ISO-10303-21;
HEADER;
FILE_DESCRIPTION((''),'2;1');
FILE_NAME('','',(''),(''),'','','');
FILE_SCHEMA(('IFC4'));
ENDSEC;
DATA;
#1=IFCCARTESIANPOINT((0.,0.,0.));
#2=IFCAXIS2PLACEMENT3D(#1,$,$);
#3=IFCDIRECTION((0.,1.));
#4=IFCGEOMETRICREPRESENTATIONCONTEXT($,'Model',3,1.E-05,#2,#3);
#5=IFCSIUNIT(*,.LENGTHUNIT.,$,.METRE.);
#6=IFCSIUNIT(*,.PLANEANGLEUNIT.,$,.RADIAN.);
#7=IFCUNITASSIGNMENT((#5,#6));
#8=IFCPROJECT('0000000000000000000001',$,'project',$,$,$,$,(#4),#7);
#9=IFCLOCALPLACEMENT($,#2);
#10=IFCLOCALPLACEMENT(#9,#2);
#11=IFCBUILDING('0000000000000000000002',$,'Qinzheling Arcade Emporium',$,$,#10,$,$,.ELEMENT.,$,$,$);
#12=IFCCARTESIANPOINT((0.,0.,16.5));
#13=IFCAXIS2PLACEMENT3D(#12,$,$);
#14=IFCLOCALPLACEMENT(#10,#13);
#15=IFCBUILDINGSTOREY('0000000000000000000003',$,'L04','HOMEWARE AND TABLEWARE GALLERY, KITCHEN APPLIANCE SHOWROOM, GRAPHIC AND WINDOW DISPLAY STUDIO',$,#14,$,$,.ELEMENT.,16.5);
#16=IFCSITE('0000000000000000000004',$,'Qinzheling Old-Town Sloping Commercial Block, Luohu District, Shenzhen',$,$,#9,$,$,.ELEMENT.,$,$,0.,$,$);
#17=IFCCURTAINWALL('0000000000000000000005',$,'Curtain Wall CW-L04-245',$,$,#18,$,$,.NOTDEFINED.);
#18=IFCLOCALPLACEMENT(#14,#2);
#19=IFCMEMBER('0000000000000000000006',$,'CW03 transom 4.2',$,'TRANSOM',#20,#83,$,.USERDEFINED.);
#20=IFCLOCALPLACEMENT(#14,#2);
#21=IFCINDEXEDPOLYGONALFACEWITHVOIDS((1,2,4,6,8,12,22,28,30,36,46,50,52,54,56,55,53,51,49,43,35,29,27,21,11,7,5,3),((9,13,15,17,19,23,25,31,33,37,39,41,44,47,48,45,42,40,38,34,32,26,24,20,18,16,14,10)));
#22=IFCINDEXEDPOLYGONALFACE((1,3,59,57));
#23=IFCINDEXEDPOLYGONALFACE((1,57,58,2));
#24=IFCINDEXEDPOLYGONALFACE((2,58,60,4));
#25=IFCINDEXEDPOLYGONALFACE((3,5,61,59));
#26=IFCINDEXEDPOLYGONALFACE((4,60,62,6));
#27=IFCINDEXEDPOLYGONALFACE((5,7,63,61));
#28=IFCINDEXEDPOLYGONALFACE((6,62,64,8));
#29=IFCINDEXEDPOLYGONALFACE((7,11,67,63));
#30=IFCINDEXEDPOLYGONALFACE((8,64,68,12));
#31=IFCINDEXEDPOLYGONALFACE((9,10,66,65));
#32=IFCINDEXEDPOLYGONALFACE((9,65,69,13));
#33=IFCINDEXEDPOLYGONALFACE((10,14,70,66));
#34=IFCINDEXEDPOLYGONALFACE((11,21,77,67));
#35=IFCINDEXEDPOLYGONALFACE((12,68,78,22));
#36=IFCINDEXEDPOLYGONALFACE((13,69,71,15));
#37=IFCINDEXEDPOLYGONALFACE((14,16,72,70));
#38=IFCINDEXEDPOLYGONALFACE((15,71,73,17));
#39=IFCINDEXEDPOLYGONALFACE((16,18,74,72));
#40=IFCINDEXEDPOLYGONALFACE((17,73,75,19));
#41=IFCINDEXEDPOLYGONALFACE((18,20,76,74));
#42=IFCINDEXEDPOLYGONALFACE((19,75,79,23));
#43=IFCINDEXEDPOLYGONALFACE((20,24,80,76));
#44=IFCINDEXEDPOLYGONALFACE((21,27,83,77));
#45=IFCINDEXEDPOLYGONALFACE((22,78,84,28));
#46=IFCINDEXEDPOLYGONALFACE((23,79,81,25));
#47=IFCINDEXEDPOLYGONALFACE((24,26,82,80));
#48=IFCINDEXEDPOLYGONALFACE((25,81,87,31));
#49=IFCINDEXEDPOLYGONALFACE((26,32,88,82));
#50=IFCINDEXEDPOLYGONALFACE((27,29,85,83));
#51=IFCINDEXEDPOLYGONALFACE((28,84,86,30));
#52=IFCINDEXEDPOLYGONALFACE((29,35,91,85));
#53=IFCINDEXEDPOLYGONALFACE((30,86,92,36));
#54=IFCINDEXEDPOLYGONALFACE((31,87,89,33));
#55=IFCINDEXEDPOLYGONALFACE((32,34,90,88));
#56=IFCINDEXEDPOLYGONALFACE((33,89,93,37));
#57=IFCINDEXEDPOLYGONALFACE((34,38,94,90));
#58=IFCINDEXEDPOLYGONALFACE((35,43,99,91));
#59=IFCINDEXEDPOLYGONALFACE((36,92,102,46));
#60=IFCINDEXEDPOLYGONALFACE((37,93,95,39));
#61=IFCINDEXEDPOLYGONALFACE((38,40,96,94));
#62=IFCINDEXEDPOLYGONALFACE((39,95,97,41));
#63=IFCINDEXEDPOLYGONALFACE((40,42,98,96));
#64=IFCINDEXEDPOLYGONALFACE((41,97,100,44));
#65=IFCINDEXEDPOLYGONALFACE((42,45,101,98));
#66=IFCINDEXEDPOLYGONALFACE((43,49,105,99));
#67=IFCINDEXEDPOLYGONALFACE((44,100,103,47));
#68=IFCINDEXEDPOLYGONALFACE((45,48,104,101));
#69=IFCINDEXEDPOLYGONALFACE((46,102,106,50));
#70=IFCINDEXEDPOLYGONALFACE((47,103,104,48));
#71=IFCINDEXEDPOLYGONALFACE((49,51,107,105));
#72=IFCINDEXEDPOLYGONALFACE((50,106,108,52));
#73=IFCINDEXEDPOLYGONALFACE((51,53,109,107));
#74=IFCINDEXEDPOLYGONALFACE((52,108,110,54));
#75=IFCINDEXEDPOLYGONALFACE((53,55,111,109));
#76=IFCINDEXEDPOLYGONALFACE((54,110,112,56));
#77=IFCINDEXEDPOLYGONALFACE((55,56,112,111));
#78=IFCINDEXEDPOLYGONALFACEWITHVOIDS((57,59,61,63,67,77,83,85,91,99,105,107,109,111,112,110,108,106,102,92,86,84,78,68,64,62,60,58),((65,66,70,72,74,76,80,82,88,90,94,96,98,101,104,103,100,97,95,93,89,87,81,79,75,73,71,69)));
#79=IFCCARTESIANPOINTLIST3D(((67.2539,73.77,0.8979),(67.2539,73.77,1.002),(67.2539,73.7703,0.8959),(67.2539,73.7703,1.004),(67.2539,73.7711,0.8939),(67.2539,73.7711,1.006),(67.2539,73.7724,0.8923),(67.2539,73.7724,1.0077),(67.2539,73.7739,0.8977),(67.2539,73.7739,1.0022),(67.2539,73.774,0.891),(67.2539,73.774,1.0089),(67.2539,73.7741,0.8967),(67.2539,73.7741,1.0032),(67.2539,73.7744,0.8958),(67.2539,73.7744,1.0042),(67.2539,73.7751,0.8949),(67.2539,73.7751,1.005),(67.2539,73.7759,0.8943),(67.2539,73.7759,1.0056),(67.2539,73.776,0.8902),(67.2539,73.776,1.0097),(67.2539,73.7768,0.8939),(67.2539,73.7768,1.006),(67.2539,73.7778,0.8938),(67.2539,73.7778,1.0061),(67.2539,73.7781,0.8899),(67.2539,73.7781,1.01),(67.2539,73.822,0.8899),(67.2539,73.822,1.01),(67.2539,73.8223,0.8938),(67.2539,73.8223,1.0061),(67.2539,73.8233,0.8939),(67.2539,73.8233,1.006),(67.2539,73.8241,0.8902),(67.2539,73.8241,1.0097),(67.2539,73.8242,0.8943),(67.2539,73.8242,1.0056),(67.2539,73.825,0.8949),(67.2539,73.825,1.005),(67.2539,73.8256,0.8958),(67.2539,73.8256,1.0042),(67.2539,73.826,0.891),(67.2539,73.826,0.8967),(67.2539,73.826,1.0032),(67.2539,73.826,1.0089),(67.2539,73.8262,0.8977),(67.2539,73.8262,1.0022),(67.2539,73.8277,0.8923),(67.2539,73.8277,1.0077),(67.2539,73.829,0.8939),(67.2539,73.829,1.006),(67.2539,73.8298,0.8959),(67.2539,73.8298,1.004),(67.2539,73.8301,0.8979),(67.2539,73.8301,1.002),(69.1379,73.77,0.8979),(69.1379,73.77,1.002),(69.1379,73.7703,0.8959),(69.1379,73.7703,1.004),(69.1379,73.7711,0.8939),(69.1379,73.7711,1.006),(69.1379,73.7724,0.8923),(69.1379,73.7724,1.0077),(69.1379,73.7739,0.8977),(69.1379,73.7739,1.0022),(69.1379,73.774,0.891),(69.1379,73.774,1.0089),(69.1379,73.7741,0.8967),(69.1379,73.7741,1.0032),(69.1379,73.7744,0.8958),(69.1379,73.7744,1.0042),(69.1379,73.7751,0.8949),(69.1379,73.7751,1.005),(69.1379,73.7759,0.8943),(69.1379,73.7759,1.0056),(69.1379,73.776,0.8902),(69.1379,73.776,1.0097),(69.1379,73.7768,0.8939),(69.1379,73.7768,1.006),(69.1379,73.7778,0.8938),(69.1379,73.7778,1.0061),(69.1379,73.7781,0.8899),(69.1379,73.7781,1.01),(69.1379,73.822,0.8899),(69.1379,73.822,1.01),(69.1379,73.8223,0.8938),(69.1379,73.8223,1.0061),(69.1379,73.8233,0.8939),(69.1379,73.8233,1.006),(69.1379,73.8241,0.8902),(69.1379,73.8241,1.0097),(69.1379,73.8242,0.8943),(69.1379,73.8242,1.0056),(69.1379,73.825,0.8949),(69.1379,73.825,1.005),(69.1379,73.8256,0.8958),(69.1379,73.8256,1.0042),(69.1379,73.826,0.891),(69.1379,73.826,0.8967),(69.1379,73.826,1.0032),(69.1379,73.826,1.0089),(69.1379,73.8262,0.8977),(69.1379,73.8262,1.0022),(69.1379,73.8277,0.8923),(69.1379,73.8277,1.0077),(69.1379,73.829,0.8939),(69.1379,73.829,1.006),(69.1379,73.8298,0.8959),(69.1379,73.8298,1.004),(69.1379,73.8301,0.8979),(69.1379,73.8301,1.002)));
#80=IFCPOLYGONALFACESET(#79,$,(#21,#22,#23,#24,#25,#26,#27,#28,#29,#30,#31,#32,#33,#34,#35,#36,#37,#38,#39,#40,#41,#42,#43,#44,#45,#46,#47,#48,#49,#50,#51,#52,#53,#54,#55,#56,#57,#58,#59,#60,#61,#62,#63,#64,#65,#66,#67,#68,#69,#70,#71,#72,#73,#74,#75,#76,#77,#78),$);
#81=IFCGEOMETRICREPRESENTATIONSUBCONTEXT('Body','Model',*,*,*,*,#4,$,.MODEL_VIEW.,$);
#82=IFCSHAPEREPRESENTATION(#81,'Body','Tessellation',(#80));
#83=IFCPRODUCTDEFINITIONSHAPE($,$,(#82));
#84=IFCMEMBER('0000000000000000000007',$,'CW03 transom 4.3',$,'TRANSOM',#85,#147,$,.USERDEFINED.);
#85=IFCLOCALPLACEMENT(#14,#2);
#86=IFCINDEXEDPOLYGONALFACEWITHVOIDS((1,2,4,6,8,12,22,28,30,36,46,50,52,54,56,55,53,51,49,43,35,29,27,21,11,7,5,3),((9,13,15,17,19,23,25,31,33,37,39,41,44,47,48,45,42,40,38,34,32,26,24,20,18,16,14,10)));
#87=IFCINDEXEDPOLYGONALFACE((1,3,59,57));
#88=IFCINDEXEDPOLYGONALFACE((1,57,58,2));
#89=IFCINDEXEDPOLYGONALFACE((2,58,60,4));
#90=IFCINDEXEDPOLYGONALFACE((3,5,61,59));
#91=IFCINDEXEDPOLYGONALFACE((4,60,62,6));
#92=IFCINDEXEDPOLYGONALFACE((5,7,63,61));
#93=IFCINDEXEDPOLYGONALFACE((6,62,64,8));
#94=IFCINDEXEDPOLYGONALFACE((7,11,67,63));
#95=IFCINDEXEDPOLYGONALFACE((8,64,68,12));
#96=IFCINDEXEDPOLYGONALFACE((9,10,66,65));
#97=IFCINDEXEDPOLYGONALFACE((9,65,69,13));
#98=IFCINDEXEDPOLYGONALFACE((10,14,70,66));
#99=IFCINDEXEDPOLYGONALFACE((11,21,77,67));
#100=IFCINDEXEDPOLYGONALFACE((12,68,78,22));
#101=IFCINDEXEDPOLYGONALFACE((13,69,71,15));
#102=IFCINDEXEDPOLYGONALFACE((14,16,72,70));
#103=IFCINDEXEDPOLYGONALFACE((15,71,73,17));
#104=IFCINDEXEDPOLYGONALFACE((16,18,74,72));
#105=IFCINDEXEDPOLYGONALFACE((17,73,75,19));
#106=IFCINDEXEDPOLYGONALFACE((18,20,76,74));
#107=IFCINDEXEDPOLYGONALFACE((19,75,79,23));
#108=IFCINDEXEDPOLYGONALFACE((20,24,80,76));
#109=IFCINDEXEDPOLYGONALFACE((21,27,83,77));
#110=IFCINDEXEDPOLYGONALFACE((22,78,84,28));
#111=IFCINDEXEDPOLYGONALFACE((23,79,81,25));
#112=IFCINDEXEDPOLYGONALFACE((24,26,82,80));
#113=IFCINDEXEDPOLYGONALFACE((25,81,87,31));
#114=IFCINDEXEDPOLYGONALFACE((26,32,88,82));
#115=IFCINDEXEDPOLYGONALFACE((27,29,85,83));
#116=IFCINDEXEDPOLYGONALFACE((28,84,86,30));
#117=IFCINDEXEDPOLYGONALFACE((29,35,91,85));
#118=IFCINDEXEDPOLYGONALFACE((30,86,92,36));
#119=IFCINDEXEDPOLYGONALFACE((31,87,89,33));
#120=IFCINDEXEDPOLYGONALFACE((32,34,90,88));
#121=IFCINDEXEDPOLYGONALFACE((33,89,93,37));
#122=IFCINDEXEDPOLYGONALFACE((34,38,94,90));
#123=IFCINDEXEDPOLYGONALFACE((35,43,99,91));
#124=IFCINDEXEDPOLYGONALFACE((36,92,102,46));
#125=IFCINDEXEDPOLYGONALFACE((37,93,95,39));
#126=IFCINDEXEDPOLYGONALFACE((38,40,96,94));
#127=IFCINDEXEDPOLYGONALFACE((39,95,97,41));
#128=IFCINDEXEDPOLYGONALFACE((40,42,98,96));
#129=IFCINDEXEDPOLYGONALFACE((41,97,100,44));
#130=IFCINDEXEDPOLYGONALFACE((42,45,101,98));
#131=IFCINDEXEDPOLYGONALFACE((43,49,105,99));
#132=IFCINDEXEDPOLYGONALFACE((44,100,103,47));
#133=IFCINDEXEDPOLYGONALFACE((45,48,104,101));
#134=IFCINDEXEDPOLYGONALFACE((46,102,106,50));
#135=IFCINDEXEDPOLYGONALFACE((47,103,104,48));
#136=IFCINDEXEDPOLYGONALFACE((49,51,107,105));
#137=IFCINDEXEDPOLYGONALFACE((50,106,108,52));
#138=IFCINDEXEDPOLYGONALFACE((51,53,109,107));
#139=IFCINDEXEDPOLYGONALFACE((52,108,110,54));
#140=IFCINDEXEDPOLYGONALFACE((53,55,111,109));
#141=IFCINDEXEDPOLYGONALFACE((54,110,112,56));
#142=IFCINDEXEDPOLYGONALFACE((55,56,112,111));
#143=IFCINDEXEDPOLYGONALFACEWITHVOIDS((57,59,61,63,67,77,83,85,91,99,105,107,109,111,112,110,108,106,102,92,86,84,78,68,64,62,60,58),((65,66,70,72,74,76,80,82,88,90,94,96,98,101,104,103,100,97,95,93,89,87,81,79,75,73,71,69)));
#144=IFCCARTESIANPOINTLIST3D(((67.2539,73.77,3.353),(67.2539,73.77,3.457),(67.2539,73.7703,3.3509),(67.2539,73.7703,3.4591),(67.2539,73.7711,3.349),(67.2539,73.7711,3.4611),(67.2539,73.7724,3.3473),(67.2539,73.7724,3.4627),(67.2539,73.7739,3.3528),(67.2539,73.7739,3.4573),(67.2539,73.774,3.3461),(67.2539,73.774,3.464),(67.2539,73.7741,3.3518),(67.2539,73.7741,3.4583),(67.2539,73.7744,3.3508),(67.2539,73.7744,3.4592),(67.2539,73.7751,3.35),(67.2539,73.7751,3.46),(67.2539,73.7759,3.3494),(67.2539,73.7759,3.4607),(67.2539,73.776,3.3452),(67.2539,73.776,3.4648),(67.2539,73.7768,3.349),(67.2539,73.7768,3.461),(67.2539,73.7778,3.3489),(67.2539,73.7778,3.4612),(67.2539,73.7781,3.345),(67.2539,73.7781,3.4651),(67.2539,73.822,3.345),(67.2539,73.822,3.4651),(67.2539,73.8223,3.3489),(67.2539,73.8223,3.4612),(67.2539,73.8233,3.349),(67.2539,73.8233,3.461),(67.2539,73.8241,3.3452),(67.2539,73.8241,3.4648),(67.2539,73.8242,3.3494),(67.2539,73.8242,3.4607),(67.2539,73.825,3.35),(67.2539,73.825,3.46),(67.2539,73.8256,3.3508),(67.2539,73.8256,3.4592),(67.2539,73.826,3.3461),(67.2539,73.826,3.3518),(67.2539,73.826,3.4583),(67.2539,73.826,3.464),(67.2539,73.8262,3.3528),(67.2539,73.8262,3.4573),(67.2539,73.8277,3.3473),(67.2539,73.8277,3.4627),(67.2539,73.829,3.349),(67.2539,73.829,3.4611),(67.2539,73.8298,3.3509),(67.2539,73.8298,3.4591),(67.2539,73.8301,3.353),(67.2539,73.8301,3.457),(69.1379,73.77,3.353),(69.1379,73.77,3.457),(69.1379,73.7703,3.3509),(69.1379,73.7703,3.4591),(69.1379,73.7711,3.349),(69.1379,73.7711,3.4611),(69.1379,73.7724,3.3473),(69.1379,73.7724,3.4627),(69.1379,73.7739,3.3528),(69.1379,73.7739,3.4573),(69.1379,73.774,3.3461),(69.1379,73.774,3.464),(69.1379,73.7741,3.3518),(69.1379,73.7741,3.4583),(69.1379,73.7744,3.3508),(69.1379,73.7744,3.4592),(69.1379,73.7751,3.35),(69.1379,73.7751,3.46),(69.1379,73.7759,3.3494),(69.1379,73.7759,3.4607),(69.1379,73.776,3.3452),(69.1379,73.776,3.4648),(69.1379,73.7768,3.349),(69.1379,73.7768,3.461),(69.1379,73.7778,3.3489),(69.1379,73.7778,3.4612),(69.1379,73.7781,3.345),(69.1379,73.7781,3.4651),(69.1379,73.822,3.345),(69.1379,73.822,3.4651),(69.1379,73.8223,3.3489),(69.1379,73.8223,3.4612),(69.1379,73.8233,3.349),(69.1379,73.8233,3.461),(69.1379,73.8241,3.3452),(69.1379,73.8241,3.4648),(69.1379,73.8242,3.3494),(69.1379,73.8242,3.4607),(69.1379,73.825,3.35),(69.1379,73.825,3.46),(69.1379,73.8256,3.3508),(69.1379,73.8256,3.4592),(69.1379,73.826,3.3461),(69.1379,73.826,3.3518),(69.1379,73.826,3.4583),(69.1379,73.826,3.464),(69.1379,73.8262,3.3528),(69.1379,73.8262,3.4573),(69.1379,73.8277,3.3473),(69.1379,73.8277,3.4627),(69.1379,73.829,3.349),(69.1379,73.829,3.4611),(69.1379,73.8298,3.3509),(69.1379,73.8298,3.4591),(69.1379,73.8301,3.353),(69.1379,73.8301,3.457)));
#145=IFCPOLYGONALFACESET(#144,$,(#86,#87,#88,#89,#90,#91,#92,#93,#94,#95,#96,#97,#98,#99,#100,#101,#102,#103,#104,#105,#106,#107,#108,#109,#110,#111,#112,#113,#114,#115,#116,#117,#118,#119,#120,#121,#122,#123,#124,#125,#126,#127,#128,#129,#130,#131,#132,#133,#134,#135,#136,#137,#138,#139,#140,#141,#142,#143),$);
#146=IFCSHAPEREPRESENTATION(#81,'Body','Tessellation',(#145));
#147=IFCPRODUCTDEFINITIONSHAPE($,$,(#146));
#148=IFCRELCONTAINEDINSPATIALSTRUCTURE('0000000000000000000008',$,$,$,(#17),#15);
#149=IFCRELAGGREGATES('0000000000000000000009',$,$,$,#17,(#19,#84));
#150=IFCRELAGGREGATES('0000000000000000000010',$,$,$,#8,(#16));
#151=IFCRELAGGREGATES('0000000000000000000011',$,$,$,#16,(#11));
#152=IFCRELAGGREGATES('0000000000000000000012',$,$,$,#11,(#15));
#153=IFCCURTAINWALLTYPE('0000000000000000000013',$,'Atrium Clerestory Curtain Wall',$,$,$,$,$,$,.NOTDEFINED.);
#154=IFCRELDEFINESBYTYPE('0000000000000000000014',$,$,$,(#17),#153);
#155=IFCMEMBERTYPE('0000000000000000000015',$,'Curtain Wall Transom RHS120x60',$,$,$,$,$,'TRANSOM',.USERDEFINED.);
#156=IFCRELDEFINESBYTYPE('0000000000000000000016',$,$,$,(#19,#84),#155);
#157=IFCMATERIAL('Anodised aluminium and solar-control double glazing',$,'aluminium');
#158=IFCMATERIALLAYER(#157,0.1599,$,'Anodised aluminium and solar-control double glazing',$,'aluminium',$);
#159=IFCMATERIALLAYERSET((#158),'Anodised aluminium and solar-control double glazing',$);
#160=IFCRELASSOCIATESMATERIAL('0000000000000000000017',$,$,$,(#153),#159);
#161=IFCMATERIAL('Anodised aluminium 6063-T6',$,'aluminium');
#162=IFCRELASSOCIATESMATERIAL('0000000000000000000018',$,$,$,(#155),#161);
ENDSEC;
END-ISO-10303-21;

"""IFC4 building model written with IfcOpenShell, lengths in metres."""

from ifc_helpers import new_model, si_unit, direction, frame, origin, origin_2d, place, context, subcontext, project, spatial, hollow_rectangle, extrude, material, layer, layer_set, material_profile, profile_set, type_object, element, aggregate, save


model = new_model("IFC4")

# Units and contexts
model_context = context("Model", 3, precision=1e-05, world=origin(), true_north=direction((0.0, 1.0)))
body_context = subcontext(model_context, "Body", "Model", "MODEL_VIEW")
ifc_project = project(units=[si_unit("LENGTHUNIT", "METRE"), si_unit("PLANEANGLEUNIT", "RADIAN")], contexts=[model_context])

# Site, building, storey
site_placement = place(None, origin())
site = spatial("IfcSite", under=ifc_project, at=site_placement, Name="Qinzheling Old-Town Sloping Commercial Block, Luohu District, Shenzhen", CompositionType="ELEMENT", RefElevation=0.0)
building_placement = place(site_placement, origin())
building = spatial("IfcBuilding", under=site, at=building_placement, Name="Qinzheling Arcade Emporium", CompositionType="ELEMENT")
storey_placement = place(building_placement, frame((0.0, 0.0, 16.5)))
storey = spatial("IfcBuildingStorey", under=building, at=storey_placement, Name="L04", Description="HOMEWARE AND TABLEWARE GALLERY, KITCHEN APPLIANCE SHOWROOM, GRAPHIC AND WINDOW DISPLAY STUDIO", CompositionType="ELEMENT", Elevation=16.5)

# Curtain wall
ifc_material_1 = material(Name="Anodised aluminium and solar-control double glazing", Category="aluminium")
ifc_layer_1 = layer(ifc_material_1, 0.1599, Name="Anodised aluminium and solar-control double glazing", Category="aluminium")
ifc_layer_set_1 = layer_set([ifc_layer_1], Name="Anodised aluminium and solar-control double glazing")
curtain_wall_type = type_object("IfcCurtainWallType", Name="Atrium Clerestory Curtain Wall", PredefinedType="NOTDEFINED", material=ifc_layer_set_1)
curtain_wall_1_placement = place(storey_placement, origin())
curtain_wall_1 = element("IfcCurtainWall", 1, at=curtain_wall_1_placement, inside=storey, type_object=curtain_wall_type, Name="Curtain Wall CW-L04-245", PredefinedType="NOTDEFINED")
ifc_material_2 = material(Name="Anodised aluminium 6063-T6", Category="aluminium")

# Members
ifc_material_profile_1 = material_profile(ifc_material_2, hollow_rectangle(XDim=0.0601, YDim=0.1201, WallThickness=0.0039, InnerFilletRadius=0.0039, OuterFilletRadius=0.0081, at=origin_2d()), Name="RHS 120x60x4", Category="aluminium")
ifc_profile_set_1 = profile_set([ifc_material_profile_1], Name="Anodised aluminium 6063-T6")
member_type_1 = type_object("IfcMemberType", Name="Curtain Wall Transom RHS120x60", ElementType="TRANSOM", PredefinedType="USERDEFINED", material=ifc_profile_set_1)
member_1_placement = place(storey_placement, frame((67.2539, 73.8, 0.95), z_axis=(1.0, 0.0, 0.0), x_axis=(0.0, 1.0, 0.0)))
member_1 = element("IfcMember", 2, at=member_1_placement, type_object=member_type_1, Name="CW03 transom 4.2", ObjectType="TRANSOM", PredefinedType="USERDEFINED", context=body_context, shape_type="SweptSolid", body=[
    extrude(hollow_rectangle(XDim=0.0601, YDim=0.1201, WallThickness=0.0039, InnerFilletRadius=0.0039, OuterFilletRadius=0.0081, at=origin_2d()), origin(), (0.0, 0.0, 1.0), 1.884),
])
member_2_placement = place(storey_placement, frame((67.2539, 73.8, 3.405), z_axis=(1.0, 0.0, 0.0), x_axis=(0.0, 1.0, 0.0)))
member_2 = element("IfcMember", 3, at=member_2_placement, type_object=member_type_1, Name="CW03 transom 4.3", ObjectType="TRANSOM", PredefinedType="USERDEFINED", context=body_context, shape_type="SweptSolid", body=[
    extrude(hollow_rectangle(XDim=0.0601, YDim=0.1201, WallThickness=0.0039, InnerFilletRadius=0.0039, OuterFilletRadius=0.0081, at=origin_2d()), origin(), (0.0, 0.0, 1.0), 1.884),
])

aggregate(curtain_wall_1, [member_1, member_2])

save(model, "model.ifc")
